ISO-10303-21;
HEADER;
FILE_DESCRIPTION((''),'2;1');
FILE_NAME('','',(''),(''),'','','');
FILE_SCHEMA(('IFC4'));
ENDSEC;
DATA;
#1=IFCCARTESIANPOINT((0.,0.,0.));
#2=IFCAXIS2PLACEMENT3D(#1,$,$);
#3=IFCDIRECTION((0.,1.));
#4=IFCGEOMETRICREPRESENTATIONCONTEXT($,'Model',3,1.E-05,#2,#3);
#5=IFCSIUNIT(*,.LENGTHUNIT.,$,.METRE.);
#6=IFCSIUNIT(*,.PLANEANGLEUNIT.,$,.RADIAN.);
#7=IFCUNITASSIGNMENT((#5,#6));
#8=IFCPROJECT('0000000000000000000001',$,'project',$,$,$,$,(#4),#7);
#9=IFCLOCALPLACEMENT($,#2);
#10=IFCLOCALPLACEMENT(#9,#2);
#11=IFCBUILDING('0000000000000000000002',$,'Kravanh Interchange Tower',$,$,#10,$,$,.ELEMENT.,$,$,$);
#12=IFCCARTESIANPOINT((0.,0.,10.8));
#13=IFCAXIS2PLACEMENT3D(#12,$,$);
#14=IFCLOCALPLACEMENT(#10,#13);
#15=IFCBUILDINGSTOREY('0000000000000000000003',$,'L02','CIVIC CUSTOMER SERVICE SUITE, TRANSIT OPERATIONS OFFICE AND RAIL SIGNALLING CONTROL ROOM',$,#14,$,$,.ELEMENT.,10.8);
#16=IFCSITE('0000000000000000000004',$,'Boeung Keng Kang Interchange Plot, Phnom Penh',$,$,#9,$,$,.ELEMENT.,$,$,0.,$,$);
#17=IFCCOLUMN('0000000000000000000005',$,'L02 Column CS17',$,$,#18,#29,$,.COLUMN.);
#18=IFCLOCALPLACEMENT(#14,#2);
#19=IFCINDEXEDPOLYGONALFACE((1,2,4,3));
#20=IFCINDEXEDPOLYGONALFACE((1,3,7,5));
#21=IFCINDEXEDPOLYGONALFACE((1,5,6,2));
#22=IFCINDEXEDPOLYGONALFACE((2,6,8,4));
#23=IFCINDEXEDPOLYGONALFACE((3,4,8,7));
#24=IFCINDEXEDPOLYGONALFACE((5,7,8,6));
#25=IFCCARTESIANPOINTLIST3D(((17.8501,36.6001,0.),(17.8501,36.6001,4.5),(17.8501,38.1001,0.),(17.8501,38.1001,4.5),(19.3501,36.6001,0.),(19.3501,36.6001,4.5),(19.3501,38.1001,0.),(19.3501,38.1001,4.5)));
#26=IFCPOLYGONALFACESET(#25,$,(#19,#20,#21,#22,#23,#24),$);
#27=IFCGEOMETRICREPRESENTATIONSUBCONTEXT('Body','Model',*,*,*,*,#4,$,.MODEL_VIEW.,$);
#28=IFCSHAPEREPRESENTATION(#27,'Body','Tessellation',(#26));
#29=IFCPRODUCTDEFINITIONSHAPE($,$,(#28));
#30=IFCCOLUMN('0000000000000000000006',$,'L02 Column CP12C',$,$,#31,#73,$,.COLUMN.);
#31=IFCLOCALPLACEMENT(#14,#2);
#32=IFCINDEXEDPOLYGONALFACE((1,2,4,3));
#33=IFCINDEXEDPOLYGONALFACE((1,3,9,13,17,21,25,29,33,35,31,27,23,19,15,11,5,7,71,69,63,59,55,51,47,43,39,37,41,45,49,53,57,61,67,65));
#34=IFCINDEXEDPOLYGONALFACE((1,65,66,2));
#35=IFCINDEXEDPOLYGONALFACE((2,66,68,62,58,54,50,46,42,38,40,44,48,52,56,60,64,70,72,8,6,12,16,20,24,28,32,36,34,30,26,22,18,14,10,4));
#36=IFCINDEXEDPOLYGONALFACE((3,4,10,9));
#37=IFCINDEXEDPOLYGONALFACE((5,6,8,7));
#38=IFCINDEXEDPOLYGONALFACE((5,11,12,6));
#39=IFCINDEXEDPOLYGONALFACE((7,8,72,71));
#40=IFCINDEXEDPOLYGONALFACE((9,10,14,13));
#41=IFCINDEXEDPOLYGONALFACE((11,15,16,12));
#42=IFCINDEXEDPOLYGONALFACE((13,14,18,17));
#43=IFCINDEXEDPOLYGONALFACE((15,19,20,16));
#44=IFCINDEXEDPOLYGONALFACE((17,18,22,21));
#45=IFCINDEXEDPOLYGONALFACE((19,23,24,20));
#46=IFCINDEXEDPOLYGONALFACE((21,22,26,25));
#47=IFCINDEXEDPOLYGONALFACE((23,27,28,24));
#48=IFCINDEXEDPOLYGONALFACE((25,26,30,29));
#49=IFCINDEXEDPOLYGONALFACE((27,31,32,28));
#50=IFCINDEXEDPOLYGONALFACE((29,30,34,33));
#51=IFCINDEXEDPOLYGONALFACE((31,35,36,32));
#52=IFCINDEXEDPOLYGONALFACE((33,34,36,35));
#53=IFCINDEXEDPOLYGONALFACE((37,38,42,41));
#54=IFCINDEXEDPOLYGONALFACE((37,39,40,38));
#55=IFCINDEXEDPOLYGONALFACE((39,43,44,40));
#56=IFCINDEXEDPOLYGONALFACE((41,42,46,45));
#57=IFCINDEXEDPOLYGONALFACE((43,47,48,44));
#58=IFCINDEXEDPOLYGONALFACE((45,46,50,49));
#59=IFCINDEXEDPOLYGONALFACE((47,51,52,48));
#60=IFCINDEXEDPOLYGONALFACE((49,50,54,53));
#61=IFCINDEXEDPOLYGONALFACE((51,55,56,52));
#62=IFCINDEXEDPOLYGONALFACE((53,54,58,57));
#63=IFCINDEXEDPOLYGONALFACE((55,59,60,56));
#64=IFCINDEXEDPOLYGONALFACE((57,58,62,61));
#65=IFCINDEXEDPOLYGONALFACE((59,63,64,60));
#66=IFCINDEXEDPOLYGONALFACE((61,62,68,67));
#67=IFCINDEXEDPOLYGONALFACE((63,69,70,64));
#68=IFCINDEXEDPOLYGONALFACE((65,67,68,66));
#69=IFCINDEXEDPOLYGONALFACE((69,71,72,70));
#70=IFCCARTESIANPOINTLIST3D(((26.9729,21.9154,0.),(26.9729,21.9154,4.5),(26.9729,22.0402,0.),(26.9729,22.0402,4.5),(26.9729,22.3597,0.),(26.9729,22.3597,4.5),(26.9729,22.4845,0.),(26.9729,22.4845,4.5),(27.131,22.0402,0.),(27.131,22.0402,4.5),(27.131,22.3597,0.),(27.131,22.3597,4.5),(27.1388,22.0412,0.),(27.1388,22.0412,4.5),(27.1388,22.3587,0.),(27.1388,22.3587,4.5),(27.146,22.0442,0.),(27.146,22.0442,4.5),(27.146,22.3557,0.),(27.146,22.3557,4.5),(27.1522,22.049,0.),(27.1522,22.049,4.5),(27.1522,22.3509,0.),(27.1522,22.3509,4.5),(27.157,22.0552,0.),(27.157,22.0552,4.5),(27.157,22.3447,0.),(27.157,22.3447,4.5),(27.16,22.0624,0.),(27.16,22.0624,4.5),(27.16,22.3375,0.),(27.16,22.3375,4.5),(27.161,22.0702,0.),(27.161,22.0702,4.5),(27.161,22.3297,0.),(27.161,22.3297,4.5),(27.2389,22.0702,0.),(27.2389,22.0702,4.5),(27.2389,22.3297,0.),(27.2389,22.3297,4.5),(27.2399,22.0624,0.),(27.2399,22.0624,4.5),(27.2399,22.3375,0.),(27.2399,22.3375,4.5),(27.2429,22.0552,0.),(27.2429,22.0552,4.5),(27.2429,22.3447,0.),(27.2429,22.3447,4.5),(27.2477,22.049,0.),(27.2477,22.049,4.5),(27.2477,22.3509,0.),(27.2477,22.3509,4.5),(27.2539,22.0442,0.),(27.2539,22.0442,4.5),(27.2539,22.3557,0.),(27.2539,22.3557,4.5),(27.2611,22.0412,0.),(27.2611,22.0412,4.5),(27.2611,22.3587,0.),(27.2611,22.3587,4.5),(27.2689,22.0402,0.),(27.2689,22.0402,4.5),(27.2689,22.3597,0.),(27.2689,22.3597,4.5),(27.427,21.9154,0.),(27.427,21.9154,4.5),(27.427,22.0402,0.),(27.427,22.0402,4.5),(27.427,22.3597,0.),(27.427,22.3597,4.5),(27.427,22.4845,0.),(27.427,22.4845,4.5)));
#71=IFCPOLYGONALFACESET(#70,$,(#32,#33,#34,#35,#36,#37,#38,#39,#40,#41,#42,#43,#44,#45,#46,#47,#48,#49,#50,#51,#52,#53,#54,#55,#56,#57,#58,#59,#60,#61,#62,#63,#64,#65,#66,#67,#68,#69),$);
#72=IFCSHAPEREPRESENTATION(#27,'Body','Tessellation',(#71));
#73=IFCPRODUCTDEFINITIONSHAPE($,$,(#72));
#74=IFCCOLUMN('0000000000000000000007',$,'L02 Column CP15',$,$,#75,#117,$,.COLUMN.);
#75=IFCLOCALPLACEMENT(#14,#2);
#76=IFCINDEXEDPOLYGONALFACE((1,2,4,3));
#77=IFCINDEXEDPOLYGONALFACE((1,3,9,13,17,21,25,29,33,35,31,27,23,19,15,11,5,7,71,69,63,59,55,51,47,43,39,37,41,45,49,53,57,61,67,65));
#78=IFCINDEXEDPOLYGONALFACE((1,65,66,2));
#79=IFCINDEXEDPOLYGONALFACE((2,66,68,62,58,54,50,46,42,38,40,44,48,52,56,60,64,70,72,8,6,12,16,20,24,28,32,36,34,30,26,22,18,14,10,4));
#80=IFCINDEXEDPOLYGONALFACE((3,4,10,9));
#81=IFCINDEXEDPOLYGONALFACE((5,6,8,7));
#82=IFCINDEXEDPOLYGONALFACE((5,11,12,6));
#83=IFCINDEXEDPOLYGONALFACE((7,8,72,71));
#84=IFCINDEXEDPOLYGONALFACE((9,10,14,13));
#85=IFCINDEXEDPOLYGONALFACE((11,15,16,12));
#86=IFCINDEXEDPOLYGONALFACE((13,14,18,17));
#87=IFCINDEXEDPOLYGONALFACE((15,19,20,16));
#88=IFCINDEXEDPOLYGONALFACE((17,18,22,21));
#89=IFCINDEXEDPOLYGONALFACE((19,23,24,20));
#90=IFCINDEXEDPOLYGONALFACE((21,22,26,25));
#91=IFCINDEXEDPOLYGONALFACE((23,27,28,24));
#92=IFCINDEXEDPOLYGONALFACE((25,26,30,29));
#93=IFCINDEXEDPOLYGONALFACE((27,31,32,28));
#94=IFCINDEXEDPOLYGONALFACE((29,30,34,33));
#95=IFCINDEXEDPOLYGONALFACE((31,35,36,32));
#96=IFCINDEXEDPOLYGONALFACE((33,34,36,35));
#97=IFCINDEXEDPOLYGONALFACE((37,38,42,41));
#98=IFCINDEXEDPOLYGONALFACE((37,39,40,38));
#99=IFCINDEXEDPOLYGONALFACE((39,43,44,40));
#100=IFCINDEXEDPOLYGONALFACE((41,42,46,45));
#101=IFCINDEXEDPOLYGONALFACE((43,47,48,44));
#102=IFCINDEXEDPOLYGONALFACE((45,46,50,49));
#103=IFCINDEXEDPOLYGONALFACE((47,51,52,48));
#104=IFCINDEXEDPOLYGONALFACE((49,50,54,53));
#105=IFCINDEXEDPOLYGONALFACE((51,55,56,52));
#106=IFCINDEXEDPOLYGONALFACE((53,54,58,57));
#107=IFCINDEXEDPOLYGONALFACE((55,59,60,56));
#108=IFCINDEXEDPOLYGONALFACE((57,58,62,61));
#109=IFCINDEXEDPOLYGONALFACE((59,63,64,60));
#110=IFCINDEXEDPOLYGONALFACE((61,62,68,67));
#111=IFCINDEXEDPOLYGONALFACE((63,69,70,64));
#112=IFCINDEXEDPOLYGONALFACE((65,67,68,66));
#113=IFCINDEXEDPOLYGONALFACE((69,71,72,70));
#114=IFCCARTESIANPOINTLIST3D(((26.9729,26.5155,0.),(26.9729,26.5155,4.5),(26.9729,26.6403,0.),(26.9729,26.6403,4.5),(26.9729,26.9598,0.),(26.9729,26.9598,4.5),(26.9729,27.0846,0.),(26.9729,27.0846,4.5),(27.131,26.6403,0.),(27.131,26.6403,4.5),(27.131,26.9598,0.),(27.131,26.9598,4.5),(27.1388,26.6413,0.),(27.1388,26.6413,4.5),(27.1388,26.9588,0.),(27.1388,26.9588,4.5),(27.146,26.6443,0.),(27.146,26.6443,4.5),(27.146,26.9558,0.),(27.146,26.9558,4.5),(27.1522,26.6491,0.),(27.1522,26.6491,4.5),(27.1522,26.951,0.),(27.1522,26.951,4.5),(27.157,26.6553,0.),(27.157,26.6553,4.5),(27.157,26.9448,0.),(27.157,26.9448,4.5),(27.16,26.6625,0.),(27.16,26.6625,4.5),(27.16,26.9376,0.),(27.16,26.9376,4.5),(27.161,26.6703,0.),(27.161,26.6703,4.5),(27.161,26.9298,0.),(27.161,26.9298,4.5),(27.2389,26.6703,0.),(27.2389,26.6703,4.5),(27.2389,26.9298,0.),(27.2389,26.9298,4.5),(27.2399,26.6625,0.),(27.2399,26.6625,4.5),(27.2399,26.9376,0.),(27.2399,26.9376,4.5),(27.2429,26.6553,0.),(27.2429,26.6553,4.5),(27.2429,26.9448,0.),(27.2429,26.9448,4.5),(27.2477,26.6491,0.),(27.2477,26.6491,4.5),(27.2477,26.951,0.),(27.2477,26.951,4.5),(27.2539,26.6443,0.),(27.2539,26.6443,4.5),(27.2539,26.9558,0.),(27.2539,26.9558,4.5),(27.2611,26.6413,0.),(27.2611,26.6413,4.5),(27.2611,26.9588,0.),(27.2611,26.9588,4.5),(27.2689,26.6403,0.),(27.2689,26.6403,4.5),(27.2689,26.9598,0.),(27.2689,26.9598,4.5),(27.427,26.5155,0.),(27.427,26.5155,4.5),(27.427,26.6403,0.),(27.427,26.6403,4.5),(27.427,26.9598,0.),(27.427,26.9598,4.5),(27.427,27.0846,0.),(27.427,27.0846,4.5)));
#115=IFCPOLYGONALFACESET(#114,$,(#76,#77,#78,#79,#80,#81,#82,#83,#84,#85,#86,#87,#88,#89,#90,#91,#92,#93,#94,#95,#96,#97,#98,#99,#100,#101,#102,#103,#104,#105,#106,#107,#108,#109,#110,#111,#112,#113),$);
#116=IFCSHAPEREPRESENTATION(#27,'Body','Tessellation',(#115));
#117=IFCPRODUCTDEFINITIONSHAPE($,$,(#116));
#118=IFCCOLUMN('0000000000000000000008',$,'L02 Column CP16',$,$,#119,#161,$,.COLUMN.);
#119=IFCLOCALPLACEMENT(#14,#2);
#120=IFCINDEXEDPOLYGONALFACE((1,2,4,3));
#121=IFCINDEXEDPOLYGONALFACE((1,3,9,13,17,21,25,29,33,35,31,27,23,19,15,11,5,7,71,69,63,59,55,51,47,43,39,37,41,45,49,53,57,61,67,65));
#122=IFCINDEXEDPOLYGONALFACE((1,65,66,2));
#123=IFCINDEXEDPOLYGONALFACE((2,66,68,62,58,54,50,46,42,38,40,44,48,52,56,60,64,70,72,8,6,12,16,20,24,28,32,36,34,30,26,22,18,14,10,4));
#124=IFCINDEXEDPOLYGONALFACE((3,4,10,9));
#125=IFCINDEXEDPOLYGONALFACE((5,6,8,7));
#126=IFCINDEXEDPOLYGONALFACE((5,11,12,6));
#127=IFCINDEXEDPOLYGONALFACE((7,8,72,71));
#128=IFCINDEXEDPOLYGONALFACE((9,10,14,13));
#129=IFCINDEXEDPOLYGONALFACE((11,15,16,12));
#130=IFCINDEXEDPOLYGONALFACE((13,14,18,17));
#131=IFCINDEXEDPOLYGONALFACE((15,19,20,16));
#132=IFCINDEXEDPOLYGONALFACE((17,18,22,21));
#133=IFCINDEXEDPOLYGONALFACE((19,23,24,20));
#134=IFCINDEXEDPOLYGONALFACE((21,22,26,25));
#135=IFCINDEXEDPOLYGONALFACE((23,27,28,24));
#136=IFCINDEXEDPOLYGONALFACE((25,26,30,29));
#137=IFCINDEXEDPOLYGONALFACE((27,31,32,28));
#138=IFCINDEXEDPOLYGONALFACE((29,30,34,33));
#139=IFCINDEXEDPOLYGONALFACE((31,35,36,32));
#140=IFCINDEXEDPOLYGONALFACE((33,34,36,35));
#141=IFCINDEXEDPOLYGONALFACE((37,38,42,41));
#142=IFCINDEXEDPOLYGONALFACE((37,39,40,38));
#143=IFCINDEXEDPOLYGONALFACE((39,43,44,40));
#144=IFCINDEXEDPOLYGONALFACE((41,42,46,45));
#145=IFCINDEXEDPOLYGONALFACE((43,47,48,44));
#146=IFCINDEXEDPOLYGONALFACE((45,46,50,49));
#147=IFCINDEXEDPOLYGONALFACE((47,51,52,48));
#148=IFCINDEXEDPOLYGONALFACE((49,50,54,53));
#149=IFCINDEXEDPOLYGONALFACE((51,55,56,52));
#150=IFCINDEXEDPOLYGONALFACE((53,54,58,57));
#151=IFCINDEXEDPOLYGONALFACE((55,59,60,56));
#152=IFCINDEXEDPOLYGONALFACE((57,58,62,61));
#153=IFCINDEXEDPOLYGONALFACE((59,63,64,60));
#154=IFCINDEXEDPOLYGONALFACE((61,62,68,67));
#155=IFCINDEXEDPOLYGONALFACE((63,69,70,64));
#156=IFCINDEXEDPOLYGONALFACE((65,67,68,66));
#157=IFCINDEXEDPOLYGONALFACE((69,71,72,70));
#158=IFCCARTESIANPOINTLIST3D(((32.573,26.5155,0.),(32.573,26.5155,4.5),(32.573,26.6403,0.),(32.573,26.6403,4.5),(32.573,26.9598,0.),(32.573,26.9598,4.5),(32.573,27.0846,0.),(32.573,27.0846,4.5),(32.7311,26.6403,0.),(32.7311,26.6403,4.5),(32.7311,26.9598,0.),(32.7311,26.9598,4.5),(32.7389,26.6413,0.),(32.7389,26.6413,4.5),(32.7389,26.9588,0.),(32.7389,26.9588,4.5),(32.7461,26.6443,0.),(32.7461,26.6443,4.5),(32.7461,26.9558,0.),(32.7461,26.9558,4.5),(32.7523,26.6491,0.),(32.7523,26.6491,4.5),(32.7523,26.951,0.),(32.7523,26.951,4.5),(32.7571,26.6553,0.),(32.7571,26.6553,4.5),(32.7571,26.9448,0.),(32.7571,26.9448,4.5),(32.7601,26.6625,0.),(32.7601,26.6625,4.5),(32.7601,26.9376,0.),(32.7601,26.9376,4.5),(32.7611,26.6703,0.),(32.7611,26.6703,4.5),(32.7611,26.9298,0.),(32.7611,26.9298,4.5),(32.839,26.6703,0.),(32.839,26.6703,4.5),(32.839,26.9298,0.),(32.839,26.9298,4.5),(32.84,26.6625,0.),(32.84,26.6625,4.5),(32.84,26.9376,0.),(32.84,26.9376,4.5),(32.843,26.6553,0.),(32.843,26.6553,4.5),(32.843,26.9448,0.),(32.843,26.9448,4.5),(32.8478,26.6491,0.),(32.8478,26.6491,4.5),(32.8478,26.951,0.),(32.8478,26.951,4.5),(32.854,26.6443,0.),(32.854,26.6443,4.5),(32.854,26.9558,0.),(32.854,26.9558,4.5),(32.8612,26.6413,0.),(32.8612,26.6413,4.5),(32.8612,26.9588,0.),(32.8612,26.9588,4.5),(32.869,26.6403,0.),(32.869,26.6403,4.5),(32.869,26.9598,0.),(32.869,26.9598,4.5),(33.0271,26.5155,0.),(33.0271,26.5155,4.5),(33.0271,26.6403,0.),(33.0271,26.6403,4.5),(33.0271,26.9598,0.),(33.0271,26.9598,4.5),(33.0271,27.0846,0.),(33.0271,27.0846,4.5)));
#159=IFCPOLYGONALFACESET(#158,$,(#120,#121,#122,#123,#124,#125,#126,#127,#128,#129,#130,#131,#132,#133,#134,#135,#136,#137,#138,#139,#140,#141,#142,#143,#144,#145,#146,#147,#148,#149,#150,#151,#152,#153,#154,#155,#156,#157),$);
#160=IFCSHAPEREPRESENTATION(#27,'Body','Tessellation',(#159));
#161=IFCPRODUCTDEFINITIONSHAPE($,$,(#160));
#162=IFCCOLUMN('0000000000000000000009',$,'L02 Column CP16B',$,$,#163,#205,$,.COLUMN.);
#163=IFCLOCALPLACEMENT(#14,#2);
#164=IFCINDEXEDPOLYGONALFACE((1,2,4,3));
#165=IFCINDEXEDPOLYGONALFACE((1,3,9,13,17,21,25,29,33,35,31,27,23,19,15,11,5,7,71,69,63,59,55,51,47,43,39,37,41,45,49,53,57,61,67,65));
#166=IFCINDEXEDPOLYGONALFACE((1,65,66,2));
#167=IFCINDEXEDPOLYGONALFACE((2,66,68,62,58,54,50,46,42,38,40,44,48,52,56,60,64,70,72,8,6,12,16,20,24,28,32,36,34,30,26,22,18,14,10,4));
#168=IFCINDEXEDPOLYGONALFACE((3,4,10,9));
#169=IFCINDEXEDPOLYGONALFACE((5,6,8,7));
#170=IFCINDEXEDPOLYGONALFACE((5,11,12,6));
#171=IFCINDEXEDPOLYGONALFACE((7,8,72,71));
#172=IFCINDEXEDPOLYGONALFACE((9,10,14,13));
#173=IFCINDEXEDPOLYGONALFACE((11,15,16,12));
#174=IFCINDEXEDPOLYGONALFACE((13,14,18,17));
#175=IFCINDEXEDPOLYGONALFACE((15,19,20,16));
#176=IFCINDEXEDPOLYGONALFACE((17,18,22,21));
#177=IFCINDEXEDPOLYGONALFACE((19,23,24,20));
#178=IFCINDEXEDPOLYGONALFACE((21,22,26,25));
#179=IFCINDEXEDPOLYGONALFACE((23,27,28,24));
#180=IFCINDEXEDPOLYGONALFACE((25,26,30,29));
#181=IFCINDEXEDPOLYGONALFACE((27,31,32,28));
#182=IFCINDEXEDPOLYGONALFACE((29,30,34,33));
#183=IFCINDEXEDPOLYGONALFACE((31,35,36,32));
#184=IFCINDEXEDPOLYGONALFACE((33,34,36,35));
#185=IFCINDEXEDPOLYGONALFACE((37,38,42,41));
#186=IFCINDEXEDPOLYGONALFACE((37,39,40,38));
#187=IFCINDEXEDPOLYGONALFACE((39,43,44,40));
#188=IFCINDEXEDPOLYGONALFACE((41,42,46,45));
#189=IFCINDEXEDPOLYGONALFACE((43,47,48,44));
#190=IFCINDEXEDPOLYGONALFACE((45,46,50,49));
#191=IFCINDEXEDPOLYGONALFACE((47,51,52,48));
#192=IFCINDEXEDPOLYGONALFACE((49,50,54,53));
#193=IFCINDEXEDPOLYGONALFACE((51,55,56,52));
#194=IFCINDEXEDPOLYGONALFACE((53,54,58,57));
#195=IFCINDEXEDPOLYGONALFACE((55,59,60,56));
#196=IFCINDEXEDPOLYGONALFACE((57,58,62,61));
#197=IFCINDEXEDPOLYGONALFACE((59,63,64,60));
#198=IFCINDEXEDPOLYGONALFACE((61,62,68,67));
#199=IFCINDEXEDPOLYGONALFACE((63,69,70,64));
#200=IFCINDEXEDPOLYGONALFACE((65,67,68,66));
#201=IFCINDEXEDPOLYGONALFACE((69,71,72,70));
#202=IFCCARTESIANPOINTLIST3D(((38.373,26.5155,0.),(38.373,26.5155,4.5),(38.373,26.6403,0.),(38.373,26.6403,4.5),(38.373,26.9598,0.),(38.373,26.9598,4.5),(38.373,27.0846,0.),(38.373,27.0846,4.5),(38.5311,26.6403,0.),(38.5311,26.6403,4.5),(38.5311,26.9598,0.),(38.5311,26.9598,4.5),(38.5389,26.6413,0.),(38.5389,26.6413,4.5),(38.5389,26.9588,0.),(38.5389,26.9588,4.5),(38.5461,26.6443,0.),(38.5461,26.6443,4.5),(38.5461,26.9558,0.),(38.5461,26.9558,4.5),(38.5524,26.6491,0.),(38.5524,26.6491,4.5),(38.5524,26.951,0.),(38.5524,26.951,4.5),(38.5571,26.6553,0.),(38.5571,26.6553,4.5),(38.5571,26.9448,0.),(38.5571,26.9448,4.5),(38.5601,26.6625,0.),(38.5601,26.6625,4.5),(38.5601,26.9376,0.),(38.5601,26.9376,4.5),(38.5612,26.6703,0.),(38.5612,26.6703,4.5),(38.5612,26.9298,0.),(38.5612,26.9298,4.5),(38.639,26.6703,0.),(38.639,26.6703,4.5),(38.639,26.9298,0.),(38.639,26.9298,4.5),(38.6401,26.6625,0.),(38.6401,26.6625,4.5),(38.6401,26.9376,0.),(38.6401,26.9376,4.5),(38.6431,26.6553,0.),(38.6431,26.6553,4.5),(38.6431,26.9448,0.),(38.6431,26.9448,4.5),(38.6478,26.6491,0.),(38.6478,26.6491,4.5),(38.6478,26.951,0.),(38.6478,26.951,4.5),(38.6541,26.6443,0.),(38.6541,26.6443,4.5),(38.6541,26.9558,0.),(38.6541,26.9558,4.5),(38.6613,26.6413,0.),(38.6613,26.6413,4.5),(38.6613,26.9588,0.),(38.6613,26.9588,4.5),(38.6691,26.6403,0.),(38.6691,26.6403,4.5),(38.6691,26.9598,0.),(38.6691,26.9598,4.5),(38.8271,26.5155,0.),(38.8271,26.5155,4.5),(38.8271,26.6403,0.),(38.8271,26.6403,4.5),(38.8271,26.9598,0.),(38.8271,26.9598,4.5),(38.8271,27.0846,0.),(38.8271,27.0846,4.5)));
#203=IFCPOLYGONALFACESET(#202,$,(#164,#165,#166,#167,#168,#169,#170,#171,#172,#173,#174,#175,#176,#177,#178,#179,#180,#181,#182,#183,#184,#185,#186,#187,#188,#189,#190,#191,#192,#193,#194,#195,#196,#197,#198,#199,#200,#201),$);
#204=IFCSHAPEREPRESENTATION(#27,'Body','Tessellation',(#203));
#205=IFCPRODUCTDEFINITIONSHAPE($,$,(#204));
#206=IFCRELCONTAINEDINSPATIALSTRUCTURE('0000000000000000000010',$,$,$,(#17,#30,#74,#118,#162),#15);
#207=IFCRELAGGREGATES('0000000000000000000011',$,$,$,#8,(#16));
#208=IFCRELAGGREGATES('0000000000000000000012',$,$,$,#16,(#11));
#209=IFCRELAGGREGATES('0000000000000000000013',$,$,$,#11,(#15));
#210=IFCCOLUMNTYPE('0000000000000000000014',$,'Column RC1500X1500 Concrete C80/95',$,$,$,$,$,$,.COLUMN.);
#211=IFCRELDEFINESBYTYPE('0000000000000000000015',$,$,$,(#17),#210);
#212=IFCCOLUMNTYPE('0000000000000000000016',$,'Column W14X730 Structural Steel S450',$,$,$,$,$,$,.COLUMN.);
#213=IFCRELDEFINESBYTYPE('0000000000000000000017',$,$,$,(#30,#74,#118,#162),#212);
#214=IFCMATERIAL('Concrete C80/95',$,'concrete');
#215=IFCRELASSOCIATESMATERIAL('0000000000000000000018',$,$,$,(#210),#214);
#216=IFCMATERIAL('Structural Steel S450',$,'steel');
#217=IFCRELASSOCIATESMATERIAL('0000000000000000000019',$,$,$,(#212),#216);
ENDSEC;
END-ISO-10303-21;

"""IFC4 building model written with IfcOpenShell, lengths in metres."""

from ifc_helpers import new_model, si_unit, direction, frame, origin, origin_2d, place, context, subcontext, project, spatial, rectangle, i_section, extrude, material, material_profile, profile_set, type_object, element, save


model = new_model("IFC4")

# Units and contexts
model_context = context("Model", 3, precision=1e-05, world=origin(), true_north=direction((0.0, 1.0)))
body_context = subcontext(model_context, "Body", "Model", "MODEL_VIEW")
ifc_project = project(units=[si_unit("LENGTHUNIT", "METRE"), si_unit("PLANEANGLEUNIT", "RADIAN")], contexts=[model_context])

# Site, building, storey
site_placement = place(None, origin())
site = spatial("IfcSite", under=ifc_project, at=site_placement, Name="Boeung Keng Kang Interchange Plot, Phnom Penh", CompositionType="ELEMENT", RefElevation=0.0)
building_placement = place(site_placement, origin())
building = spatial("IfcBuilding", under=site, at=building_placement, Name="Kravanh Interchange Tower", CompositionType="ELEMENT")
storey_placement = place(building_placement, frame((0.0, 0.0, 10.8)))
storey = spatial("IfcBuildingStorey", under=building, at=storey_placement, Name="L02", Description="CIVIC CUSTOMER SERVICE SUITE, TRANSIT OPERATIONS OFFICE AND RAIL SIGNALLING CONTROL ROOM", CompositionType="ELEMENT", Elevation=10.8)

# Columns
ifc_material_1 = material(Name="Concrete C80/95", Category="concrete")
ifc_material_profile_1 = material_profile(ifc_material_1, rectangle(XDim=1.5, YDim=1.5, at=origin_2d()), Name="RC1500X1500")
ifc_profile_set_1 = profile_set([ifc_material_profile_1], Name="Concrete C80/95")
column_type_1 = type_object("IfcColumnType", Name="Column RC1500X1500 Concrete C80/95", PredefinedType="COLUMN", material=ifc_profile_set_1)
column_placement = place(storey_placement, frame((18.6001, 37.3501, 0.0), z_axis=(0.0, 0.0, 1.0), x_axis=(1.0, 0.0, 0.0)))
element("IfcColumn", 1, at=column_placement, inside=storey, type_object=column_type_1, Name="L02 Column CS17", PredefinedType="COLUMN", context=body_context, shape_type="SweptSolid", body=[
    extrude(rectangle(XDim=1.5, YDim=1.5, at=origin_2d()), origin(), (0.0, 0.0, 1.0), 4.5),
])
ifc_material_2 = material(Name="Structural Steel S450", Category="steel")
ifc_material_profile_2 = material_profile(ifc_material_2, i_section(OverallWidth=0.4541, OverallDepth=0.5691, WebThickness=0.0779, FlangeThickness=0.1248, FilletRadius=0.03, at=origin_2d()), Name="W14X730")
ifc_profile_set_2 = profile_set([ifc_material_profile_2], Name="Structural Steel S450")
column_type_2 = type_object("IfcColumnType", Name="Column W14X730 Structural Steel S450", PredefinedType="COLUMN", material=ifc_profile_set_2)
for number, where, z_axis, x_axis, name in (
    (2, (27.2, 22.2, 0.0), (0.0, 0.0, 1.0), (1.0, 0.0, 0.0), "L02 Column CP12C"),
    (3, (27.2, 26.8, 0.0), (0.0, 0.0, 1.0), (1.0, 0.0, 0.0), "L02 Column CP15"),
    (4, (32.8, 26.8, 0.0), (0.0, 0.0, 1.0), (1.0, 0.0, 0.0), "L02 Column CP16"),
    (5, (38.6001, 26.8, 0.0), (0.0, 0.0, 1.0), (1.0, 0.0, 0.0), "L02 Column CP16B"),
):
    element("IfcColumn", number, at=place(storey_placement, frame(where, z_axis=z_axis, x_axis=x_axis)), inside=storey, type_object=column_type_2, Name=name, PredefinedType="COLUMN", context=body_context, shape_type="SweptSolid", body=[
        extrude(i_section(OverallWidth=0.4541, OverallDepth=0.5691, WebThickness=0.0779, FlangeThickness=0.1248, FilletRadius=0.03, at=origin_2d()), origin(), (0.0, 0.0, 1.0), 4.5),
    ])

save(model, "model.ifc")
